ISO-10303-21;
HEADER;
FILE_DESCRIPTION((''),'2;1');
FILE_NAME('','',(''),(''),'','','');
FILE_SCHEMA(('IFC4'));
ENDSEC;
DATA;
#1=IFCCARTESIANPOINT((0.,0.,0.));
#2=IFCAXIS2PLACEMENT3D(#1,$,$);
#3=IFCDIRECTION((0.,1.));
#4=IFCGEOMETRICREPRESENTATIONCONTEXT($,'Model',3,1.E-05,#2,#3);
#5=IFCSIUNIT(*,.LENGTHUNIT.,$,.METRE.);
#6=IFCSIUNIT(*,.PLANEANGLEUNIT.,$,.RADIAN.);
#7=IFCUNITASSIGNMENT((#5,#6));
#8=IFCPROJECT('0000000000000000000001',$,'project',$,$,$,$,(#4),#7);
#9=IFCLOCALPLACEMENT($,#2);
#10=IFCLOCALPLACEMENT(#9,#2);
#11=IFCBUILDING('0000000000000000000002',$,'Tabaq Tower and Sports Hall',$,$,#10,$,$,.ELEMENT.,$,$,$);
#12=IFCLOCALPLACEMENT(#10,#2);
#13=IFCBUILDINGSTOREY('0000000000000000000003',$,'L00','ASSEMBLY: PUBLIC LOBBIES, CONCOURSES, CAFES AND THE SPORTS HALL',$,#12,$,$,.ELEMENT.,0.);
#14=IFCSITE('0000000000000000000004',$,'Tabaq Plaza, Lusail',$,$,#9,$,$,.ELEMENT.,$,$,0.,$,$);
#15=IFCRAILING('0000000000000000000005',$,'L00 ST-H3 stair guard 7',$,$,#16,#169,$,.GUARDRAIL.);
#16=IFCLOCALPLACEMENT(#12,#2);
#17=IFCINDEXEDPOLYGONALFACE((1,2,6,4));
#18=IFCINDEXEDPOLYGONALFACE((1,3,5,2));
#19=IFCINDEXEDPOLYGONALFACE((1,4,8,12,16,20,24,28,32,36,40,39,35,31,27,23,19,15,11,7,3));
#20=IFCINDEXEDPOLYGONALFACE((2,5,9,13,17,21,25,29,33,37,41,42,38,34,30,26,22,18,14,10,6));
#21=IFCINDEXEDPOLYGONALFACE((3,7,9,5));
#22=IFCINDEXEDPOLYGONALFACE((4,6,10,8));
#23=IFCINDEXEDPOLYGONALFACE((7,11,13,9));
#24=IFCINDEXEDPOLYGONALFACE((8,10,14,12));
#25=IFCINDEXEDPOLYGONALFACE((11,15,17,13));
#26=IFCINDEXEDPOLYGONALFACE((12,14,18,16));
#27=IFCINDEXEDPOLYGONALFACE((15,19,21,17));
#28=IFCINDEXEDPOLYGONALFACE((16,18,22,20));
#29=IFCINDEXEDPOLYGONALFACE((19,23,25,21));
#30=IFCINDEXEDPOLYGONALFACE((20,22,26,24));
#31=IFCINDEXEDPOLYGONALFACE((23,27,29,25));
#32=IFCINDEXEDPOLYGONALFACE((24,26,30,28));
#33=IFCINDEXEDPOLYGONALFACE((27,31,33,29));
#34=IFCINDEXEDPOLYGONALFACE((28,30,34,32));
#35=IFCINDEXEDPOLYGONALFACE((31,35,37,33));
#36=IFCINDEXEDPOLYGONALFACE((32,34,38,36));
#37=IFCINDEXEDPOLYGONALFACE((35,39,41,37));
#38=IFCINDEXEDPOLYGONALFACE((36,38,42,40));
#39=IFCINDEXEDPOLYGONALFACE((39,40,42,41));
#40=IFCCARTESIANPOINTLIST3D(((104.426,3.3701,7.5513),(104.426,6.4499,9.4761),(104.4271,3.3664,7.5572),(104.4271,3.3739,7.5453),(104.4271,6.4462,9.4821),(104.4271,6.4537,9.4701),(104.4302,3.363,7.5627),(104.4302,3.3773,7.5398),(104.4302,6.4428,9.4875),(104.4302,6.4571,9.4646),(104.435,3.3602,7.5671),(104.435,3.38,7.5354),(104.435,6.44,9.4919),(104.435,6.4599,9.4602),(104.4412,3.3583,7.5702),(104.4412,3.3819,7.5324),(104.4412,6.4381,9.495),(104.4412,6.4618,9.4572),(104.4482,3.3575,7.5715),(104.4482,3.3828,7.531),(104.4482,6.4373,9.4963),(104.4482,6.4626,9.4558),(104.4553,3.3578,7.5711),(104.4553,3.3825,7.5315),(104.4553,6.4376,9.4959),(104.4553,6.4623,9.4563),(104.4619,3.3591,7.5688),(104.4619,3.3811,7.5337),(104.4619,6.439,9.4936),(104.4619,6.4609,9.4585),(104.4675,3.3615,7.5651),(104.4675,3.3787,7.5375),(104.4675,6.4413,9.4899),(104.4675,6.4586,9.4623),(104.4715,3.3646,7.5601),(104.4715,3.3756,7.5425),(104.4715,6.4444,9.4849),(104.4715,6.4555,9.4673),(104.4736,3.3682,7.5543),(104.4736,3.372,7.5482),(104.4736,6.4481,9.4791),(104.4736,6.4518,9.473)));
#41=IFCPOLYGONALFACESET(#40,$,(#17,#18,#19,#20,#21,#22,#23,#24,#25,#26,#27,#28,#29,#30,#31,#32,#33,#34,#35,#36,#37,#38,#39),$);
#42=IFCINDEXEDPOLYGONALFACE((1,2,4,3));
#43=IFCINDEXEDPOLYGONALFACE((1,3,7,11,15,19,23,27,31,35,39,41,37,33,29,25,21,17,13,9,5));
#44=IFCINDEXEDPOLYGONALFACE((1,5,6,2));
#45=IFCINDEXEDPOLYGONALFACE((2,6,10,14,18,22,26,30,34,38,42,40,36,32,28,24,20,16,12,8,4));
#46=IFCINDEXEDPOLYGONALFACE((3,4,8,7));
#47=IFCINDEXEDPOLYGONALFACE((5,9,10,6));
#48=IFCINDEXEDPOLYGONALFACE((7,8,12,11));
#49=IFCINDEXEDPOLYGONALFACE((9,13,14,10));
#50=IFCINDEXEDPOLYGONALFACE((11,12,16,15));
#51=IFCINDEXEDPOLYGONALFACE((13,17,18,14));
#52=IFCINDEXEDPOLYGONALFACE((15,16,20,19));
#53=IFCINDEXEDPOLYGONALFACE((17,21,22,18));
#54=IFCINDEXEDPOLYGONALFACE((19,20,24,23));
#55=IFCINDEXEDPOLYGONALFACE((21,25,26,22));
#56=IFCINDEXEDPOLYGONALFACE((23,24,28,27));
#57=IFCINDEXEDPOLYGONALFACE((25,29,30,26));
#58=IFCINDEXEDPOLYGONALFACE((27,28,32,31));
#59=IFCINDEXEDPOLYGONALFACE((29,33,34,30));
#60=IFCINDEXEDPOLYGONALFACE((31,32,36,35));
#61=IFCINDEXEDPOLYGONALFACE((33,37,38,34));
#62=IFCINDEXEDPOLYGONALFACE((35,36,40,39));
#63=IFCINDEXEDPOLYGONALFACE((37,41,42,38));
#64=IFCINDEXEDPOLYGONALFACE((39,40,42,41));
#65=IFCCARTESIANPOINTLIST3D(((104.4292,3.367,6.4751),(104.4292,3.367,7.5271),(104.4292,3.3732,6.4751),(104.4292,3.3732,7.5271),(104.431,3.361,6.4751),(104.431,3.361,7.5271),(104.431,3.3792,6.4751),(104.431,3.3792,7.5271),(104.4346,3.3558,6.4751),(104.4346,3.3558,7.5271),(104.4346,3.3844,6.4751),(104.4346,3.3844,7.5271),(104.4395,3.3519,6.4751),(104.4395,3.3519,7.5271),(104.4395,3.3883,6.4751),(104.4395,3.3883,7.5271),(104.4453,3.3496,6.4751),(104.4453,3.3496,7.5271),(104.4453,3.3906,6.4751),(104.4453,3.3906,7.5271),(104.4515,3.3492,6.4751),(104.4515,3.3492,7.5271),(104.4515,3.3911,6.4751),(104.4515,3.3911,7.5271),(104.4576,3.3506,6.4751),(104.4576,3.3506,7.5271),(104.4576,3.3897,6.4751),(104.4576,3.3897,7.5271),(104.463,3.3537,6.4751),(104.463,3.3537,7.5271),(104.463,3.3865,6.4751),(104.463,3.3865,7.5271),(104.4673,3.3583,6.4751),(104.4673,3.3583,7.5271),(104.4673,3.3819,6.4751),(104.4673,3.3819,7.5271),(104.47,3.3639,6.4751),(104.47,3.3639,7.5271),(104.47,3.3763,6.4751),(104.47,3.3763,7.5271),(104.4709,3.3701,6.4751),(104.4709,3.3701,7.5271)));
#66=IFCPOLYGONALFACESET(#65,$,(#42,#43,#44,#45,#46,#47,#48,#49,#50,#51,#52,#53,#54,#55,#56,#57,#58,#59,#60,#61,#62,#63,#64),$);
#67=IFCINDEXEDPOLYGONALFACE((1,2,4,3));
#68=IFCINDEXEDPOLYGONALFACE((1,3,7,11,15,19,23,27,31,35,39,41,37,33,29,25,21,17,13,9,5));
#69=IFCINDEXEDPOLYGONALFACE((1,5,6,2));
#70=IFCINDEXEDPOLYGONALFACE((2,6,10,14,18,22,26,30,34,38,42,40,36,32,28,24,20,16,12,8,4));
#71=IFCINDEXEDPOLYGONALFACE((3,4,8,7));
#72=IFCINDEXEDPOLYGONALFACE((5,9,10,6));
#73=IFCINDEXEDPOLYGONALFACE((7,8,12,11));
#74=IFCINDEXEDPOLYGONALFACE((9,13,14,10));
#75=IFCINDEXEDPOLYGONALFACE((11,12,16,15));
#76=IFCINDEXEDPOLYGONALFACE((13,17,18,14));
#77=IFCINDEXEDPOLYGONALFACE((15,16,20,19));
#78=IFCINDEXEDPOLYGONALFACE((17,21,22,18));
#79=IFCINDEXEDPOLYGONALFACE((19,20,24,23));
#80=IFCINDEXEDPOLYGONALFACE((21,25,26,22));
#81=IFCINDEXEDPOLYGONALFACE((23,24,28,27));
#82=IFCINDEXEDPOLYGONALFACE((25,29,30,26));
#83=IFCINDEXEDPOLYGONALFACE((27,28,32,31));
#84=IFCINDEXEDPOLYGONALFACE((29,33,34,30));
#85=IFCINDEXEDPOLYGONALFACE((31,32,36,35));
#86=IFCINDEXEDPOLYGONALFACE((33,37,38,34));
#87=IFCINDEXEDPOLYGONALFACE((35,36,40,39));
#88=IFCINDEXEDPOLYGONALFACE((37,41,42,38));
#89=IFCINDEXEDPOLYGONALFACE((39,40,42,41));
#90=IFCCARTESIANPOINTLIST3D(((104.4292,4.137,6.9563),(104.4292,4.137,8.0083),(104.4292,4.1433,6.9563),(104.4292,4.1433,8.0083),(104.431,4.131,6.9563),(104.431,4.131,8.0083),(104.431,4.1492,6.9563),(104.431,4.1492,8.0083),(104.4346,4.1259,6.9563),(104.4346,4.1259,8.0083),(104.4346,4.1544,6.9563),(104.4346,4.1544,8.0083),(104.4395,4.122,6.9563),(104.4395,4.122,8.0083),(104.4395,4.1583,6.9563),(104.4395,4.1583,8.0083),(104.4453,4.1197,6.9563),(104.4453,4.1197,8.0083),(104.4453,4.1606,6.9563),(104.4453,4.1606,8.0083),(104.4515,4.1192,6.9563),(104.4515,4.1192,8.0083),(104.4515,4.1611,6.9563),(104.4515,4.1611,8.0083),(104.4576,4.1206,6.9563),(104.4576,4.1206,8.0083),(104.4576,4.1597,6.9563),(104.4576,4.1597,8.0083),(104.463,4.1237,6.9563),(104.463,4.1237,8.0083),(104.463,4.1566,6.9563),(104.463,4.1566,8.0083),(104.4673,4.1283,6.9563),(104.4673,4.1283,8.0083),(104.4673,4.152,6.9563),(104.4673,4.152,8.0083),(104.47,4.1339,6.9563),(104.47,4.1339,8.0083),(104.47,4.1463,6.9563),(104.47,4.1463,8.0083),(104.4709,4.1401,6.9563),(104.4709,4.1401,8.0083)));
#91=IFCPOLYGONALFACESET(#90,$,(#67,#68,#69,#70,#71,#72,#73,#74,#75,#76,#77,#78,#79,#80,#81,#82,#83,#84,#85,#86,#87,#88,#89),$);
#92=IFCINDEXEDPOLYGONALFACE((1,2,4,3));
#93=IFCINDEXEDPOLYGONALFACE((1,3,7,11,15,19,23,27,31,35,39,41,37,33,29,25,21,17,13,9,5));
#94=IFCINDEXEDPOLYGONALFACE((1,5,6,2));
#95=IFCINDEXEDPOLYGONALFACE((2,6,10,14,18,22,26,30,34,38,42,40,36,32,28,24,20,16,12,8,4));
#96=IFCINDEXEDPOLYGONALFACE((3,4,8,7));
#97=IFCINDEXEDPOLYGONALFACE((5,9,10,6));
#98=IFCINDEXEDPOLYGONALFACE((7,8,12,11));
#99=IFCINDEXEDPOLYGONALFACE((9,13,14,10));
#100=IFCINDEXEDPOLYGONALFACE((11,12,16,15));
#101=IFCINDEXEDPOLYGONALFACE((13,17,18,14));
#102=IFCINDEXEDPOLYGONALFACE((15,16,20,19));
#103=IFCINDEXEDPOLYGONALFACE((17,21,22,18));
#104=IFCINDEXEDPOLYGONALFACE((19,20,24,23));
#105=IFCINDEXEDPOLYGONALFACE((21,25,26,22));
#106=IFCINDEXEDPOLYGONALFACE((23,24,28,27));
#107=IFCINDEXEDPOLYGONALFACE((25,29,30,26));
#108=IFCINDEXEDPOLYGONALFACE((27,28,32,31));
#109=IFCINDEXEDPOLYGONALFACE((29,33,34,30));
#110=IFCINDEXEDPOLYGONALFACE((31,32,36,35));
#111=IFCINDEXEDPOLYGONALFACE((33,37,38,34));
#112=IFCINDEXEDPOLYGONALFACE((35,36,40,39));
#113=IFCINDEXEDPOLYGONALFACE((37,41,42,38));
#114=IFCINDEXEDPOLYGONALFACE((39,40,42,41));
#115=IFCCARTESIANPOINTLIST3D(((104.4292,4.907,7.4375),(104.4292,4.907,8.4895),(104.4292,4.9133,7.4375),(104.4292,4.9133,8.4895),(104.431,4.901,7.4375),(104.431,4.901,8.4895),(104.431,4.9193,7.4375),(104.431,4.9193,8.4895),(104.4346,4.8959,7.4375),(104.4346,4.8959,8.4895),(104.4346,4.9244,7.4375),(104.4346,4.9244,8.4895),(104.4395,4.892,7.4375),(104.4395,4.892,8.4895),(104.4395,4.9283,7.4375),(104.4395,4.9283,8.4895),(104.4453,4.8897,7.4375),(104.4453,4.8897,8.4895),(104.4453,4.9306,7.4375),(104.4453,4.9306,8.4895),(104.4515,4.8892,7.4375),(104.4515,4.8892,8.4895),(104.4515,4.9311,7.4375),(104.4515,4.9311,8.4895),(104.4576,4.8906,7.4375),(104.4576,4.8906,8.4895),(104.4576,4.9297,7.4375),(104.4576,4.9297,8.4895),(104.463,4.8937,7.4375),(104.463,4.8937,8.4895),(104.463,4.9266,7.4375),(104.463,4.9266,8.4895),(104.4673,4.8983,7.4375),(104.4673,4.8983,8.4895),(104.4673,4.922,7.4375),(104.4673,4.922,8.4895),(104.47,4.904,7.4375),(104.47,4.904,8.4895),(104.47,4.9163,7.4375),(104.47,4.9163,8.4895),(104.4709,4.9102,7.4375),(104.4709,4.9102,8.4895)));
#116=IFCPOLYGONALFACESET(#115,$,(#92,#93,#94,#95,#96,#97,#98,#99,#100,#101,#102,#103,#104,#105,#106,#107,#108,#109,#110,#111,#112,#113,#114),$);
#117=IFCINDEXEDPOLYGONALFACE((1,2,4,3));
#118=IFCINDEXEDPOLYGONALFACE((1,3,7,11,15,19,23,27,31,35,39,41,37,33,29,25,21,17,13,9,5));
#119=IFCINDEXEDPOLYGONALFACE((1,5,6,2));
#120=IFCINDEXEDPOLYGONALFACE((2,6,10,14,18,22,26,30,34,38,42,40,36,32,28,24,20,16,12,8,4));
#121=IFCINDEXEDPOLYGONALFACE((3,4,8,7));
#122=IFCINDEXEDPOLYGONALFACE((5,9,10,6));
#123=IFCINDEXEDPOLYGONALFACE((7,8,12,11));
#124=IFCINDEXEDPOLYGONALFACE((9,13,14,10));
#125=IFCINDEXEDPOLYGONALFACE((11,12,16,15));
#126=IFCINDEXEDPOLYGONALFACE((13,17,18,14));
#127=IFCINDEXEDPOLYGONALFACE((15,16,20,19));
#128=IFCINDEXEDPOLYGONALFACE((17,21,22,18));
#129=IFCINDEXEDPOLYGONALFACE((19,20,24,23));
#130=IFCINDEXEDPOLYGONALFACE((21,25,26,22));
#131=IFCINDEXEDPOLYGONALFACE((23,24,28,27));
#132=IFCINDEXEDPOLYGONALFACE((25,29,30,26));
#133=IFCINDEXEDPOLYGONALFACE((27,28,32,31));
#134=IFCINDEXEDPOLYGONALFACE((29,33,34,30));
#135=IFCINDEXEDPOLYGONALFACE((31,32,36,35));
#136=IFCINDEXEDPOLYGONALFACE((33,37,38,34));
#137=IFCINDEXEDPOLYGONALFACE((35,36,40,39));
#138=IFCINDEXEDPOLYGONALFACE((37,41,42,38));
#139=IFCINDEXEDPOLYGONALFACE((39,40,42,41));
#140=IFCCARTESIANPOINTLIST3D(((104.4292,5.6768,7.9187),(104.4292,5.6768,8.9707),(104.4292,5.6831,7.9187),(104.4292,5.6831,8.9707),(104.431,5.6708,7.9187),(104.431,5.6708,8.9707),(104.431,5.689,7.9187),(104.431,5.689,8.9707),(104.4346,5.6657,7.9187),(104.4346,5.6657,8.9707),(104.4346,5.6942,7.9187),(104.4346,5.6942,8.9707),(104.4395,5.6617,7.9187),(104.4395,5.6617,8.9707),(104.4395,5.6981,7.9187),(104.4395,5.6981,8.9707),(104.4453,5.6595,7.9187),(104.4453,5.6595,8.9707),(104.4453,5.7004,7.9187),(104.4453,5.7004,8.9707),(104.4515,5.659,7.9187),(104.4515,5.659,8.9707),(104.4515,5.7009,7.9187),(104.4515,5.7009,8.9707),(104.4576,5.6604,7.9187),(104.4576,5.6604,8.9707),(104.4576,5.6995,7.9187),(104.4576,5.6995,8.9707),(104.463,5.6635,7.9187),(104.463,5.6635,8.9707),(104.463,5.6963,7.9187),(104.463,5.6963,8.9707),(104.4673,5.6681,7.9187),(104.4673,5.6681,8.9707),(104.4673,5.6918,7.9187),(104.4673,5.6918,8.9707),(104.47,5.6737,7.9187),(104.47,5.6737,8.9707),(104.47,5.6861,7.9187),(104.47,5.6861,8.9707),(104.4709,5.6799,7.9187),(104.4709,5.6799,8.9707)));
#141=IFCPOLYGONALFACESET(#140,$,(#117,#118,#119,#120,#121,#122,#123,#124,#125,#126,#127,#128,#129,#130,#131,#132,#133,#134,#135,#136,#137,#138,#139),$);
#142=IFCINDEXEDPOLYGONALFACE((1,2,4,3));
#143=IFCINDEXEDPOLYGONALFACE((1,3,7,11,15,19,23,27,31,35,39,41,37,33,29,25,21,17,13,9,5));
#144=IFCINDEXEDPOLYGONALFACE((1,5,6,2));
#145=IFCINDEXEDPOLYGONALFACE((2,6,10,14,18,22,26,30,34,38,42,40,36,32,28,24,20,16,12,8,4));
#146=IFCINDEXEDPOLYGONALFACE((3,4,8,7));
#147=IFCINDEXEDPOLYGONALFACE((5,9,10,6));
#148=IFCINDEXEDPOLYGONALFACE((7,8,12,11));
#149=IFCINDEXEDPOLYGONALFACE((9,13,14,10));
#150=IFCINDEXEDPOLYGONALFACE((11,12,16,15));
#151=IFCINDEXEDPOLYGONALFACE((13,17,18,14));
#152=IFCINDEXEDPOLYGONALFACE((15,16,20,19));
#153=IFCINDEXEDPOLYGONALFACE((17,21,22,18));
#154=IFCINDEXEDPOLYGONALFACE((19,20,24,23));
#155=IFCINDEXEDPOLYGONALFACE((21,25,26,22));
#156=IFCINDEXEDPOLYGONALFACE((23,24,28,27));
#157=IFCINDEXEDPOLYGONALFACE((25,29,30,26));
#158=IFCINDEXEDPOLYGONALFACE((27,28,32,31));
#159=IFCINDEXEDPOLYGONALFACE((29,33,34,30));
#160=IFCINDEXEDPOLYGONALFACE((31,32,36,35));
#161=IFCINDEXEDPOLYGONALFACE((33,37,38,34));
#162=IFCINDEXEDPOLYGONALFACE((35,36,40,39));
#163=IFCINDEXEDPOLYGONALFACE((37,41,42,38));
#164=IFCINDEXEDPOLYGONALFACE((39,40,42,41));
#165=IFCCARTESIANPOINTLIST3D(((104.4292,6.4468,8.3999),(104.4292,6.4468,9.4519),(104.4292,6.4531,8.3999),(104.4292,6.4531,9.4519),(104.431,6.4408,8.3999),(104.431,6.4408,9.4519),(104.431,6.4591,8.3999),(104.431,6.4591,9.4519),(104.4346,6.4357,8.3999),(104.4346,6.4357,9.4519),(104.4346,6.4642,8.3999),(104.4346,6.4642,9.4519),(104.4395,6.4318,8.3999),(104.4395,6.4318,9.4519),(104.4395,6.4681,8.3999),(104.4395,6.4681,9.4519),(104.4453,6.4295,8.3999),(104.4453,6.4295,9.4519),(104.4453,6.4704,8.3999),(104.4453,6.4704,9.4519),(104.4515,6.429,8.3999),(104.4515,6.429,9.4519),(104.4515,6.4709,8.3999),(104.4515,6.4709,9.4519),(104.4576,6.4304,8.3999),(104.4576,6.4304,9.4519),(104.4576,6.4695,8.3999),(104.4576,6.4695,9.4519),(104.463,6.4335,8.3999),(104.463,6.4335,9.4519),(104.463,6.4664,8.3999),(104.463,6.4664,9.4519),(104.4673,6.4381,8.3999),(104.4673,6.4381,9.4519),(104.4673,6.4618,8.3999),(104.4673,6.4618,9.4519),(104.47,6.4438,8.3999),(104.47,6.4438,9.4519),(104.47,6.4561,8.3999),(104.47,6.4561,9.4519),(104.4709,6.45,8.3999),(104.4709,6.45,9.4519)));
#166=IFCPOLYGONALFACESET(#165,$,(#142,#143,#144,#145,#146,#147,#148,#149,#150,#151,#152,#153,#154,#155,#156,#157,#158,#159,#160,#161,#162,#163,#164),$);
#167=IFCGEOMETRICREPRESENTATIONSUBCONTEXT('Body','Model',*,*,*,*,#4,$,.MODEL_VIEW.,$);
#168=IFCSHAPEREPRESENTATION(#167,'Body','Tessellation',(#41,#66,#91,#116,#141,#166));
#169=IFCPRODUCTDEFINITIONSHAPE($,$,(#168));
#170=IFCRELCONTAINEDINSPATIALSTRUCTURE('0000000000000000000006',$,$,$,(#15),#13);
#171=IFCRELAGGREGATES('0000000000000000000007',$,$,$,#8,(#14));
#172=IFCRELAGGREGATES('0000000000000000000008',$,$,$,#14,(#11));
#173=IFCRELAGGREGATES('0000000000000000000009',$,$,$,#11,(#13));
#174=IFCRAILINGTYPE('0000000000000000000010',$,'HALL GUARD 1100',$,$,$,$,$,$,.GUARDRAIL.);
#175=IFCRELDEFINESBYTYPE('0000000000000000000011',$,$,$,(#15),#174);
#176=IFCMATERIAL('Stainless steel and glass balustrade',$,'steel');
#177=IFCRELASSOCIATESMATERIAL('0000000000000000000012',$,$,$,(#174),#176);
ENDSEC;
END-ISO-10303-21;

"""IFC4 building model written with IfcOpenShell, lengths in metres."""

from ifc_helpers import new_model, si_unit, direction, frame, origin, origin_2d, place, context, subcontext, project, spatial, circle, extrude, material, type_object, element, save


model = new_model("IFC4")

# Units and contexts
model_context = context("Model", 3, precision=1e-05, world=origin(), true_north=direction((0.0, 1.0)))
body_context = subcontext(model_context, "Body", "Model", "MODEL_VIEW")
ifc_project = project(units=[si_unit("LENGTHUNIT", "METRE"), si_unit("PLANEANGLEUNIT", "RADIAN")], contexts=[model_context])

# Site, building, storey
site_placement = place(None, origin())
site = spatial("IfcSite", under=ifc_project, at=site_placement, Name="Tabaq Plaza, Lusail", CompositionType="ELEMENT", RefElevation=0.0)
building_placement = place(site_placement, origin())
building = spatial("IfcBuilding", under=site, at=building_placement, Name="Tabaq Tower and Sports Hall", CompositionType="ELEMENT")
storey_placement = place(building_placement, origin())
storey = spatial("IfcBuildingStorey", under=building, at=storey_placement, Name="L00", Description="ASSEMBLY: PUBLIC LOBBIES, CONCOURSES, CAFES AND THE SPORTS HALL", CompositionType="ELEMENT", Elevation=0.0)

# Railing
ifc_material_1 = material(Name="Stainless steel and glass balustrade", Category="steel")
railing_type = type_object("IfcRailingType", Name="HALL GUARD 1100", PredefinedType="GUARDRAIL", material=ifc_material_1)
railing_1_placement = place(storey_placement, frame((104.45, 3.3701, 6.4751)))
element("IfcRailing", 1, at=railing_1_placement, inside=storey, type_object=railing_type, Name="L00 ST-H3 stair guard 7", PredefinedType="GUARDRAIL", context=body_context, shape_type="SweptSolid", body=[
    extrude(circle(Radius=0.0239, at=origin_2d()), frame((0.0, 0.0, 1.0762), z_axis=(0.0, 0.84801, 0.529981), x_axis=(-1.0, 0.0, 0.0)), (0.0, 0.0, 1.0), 3.6318),
    extrude(circle(Radius=0.021, at=origin_2d()), origin(), (0.0, 0.0, 1.0), 1.052),
    extrude(circle(Radius=0.021, at=origin_2d()), frame((0.0, 0.77, 0.4812)), (0.0, 0.0, 1.0), 1.052),
    extrude(circle(Radius=0.021, at=origin_2d()), frame((0.0, 1.54, 0.9624)), (0.0, 0.0, 1.0), 1.052),
    extrude(circle(Radius=0.021, at=origin_2d()), frame((0.0, 2.3098, 1.4436)), (0.0, 0.0, 1.0), 1.052),
    extrude(circle(Radius=0.021, at=origin_2d()), frame((0.0, 3.0798, 1.9248)), (0.0, 0.0, 1.0), 1.052),
])

save(model, "model.ifc")
